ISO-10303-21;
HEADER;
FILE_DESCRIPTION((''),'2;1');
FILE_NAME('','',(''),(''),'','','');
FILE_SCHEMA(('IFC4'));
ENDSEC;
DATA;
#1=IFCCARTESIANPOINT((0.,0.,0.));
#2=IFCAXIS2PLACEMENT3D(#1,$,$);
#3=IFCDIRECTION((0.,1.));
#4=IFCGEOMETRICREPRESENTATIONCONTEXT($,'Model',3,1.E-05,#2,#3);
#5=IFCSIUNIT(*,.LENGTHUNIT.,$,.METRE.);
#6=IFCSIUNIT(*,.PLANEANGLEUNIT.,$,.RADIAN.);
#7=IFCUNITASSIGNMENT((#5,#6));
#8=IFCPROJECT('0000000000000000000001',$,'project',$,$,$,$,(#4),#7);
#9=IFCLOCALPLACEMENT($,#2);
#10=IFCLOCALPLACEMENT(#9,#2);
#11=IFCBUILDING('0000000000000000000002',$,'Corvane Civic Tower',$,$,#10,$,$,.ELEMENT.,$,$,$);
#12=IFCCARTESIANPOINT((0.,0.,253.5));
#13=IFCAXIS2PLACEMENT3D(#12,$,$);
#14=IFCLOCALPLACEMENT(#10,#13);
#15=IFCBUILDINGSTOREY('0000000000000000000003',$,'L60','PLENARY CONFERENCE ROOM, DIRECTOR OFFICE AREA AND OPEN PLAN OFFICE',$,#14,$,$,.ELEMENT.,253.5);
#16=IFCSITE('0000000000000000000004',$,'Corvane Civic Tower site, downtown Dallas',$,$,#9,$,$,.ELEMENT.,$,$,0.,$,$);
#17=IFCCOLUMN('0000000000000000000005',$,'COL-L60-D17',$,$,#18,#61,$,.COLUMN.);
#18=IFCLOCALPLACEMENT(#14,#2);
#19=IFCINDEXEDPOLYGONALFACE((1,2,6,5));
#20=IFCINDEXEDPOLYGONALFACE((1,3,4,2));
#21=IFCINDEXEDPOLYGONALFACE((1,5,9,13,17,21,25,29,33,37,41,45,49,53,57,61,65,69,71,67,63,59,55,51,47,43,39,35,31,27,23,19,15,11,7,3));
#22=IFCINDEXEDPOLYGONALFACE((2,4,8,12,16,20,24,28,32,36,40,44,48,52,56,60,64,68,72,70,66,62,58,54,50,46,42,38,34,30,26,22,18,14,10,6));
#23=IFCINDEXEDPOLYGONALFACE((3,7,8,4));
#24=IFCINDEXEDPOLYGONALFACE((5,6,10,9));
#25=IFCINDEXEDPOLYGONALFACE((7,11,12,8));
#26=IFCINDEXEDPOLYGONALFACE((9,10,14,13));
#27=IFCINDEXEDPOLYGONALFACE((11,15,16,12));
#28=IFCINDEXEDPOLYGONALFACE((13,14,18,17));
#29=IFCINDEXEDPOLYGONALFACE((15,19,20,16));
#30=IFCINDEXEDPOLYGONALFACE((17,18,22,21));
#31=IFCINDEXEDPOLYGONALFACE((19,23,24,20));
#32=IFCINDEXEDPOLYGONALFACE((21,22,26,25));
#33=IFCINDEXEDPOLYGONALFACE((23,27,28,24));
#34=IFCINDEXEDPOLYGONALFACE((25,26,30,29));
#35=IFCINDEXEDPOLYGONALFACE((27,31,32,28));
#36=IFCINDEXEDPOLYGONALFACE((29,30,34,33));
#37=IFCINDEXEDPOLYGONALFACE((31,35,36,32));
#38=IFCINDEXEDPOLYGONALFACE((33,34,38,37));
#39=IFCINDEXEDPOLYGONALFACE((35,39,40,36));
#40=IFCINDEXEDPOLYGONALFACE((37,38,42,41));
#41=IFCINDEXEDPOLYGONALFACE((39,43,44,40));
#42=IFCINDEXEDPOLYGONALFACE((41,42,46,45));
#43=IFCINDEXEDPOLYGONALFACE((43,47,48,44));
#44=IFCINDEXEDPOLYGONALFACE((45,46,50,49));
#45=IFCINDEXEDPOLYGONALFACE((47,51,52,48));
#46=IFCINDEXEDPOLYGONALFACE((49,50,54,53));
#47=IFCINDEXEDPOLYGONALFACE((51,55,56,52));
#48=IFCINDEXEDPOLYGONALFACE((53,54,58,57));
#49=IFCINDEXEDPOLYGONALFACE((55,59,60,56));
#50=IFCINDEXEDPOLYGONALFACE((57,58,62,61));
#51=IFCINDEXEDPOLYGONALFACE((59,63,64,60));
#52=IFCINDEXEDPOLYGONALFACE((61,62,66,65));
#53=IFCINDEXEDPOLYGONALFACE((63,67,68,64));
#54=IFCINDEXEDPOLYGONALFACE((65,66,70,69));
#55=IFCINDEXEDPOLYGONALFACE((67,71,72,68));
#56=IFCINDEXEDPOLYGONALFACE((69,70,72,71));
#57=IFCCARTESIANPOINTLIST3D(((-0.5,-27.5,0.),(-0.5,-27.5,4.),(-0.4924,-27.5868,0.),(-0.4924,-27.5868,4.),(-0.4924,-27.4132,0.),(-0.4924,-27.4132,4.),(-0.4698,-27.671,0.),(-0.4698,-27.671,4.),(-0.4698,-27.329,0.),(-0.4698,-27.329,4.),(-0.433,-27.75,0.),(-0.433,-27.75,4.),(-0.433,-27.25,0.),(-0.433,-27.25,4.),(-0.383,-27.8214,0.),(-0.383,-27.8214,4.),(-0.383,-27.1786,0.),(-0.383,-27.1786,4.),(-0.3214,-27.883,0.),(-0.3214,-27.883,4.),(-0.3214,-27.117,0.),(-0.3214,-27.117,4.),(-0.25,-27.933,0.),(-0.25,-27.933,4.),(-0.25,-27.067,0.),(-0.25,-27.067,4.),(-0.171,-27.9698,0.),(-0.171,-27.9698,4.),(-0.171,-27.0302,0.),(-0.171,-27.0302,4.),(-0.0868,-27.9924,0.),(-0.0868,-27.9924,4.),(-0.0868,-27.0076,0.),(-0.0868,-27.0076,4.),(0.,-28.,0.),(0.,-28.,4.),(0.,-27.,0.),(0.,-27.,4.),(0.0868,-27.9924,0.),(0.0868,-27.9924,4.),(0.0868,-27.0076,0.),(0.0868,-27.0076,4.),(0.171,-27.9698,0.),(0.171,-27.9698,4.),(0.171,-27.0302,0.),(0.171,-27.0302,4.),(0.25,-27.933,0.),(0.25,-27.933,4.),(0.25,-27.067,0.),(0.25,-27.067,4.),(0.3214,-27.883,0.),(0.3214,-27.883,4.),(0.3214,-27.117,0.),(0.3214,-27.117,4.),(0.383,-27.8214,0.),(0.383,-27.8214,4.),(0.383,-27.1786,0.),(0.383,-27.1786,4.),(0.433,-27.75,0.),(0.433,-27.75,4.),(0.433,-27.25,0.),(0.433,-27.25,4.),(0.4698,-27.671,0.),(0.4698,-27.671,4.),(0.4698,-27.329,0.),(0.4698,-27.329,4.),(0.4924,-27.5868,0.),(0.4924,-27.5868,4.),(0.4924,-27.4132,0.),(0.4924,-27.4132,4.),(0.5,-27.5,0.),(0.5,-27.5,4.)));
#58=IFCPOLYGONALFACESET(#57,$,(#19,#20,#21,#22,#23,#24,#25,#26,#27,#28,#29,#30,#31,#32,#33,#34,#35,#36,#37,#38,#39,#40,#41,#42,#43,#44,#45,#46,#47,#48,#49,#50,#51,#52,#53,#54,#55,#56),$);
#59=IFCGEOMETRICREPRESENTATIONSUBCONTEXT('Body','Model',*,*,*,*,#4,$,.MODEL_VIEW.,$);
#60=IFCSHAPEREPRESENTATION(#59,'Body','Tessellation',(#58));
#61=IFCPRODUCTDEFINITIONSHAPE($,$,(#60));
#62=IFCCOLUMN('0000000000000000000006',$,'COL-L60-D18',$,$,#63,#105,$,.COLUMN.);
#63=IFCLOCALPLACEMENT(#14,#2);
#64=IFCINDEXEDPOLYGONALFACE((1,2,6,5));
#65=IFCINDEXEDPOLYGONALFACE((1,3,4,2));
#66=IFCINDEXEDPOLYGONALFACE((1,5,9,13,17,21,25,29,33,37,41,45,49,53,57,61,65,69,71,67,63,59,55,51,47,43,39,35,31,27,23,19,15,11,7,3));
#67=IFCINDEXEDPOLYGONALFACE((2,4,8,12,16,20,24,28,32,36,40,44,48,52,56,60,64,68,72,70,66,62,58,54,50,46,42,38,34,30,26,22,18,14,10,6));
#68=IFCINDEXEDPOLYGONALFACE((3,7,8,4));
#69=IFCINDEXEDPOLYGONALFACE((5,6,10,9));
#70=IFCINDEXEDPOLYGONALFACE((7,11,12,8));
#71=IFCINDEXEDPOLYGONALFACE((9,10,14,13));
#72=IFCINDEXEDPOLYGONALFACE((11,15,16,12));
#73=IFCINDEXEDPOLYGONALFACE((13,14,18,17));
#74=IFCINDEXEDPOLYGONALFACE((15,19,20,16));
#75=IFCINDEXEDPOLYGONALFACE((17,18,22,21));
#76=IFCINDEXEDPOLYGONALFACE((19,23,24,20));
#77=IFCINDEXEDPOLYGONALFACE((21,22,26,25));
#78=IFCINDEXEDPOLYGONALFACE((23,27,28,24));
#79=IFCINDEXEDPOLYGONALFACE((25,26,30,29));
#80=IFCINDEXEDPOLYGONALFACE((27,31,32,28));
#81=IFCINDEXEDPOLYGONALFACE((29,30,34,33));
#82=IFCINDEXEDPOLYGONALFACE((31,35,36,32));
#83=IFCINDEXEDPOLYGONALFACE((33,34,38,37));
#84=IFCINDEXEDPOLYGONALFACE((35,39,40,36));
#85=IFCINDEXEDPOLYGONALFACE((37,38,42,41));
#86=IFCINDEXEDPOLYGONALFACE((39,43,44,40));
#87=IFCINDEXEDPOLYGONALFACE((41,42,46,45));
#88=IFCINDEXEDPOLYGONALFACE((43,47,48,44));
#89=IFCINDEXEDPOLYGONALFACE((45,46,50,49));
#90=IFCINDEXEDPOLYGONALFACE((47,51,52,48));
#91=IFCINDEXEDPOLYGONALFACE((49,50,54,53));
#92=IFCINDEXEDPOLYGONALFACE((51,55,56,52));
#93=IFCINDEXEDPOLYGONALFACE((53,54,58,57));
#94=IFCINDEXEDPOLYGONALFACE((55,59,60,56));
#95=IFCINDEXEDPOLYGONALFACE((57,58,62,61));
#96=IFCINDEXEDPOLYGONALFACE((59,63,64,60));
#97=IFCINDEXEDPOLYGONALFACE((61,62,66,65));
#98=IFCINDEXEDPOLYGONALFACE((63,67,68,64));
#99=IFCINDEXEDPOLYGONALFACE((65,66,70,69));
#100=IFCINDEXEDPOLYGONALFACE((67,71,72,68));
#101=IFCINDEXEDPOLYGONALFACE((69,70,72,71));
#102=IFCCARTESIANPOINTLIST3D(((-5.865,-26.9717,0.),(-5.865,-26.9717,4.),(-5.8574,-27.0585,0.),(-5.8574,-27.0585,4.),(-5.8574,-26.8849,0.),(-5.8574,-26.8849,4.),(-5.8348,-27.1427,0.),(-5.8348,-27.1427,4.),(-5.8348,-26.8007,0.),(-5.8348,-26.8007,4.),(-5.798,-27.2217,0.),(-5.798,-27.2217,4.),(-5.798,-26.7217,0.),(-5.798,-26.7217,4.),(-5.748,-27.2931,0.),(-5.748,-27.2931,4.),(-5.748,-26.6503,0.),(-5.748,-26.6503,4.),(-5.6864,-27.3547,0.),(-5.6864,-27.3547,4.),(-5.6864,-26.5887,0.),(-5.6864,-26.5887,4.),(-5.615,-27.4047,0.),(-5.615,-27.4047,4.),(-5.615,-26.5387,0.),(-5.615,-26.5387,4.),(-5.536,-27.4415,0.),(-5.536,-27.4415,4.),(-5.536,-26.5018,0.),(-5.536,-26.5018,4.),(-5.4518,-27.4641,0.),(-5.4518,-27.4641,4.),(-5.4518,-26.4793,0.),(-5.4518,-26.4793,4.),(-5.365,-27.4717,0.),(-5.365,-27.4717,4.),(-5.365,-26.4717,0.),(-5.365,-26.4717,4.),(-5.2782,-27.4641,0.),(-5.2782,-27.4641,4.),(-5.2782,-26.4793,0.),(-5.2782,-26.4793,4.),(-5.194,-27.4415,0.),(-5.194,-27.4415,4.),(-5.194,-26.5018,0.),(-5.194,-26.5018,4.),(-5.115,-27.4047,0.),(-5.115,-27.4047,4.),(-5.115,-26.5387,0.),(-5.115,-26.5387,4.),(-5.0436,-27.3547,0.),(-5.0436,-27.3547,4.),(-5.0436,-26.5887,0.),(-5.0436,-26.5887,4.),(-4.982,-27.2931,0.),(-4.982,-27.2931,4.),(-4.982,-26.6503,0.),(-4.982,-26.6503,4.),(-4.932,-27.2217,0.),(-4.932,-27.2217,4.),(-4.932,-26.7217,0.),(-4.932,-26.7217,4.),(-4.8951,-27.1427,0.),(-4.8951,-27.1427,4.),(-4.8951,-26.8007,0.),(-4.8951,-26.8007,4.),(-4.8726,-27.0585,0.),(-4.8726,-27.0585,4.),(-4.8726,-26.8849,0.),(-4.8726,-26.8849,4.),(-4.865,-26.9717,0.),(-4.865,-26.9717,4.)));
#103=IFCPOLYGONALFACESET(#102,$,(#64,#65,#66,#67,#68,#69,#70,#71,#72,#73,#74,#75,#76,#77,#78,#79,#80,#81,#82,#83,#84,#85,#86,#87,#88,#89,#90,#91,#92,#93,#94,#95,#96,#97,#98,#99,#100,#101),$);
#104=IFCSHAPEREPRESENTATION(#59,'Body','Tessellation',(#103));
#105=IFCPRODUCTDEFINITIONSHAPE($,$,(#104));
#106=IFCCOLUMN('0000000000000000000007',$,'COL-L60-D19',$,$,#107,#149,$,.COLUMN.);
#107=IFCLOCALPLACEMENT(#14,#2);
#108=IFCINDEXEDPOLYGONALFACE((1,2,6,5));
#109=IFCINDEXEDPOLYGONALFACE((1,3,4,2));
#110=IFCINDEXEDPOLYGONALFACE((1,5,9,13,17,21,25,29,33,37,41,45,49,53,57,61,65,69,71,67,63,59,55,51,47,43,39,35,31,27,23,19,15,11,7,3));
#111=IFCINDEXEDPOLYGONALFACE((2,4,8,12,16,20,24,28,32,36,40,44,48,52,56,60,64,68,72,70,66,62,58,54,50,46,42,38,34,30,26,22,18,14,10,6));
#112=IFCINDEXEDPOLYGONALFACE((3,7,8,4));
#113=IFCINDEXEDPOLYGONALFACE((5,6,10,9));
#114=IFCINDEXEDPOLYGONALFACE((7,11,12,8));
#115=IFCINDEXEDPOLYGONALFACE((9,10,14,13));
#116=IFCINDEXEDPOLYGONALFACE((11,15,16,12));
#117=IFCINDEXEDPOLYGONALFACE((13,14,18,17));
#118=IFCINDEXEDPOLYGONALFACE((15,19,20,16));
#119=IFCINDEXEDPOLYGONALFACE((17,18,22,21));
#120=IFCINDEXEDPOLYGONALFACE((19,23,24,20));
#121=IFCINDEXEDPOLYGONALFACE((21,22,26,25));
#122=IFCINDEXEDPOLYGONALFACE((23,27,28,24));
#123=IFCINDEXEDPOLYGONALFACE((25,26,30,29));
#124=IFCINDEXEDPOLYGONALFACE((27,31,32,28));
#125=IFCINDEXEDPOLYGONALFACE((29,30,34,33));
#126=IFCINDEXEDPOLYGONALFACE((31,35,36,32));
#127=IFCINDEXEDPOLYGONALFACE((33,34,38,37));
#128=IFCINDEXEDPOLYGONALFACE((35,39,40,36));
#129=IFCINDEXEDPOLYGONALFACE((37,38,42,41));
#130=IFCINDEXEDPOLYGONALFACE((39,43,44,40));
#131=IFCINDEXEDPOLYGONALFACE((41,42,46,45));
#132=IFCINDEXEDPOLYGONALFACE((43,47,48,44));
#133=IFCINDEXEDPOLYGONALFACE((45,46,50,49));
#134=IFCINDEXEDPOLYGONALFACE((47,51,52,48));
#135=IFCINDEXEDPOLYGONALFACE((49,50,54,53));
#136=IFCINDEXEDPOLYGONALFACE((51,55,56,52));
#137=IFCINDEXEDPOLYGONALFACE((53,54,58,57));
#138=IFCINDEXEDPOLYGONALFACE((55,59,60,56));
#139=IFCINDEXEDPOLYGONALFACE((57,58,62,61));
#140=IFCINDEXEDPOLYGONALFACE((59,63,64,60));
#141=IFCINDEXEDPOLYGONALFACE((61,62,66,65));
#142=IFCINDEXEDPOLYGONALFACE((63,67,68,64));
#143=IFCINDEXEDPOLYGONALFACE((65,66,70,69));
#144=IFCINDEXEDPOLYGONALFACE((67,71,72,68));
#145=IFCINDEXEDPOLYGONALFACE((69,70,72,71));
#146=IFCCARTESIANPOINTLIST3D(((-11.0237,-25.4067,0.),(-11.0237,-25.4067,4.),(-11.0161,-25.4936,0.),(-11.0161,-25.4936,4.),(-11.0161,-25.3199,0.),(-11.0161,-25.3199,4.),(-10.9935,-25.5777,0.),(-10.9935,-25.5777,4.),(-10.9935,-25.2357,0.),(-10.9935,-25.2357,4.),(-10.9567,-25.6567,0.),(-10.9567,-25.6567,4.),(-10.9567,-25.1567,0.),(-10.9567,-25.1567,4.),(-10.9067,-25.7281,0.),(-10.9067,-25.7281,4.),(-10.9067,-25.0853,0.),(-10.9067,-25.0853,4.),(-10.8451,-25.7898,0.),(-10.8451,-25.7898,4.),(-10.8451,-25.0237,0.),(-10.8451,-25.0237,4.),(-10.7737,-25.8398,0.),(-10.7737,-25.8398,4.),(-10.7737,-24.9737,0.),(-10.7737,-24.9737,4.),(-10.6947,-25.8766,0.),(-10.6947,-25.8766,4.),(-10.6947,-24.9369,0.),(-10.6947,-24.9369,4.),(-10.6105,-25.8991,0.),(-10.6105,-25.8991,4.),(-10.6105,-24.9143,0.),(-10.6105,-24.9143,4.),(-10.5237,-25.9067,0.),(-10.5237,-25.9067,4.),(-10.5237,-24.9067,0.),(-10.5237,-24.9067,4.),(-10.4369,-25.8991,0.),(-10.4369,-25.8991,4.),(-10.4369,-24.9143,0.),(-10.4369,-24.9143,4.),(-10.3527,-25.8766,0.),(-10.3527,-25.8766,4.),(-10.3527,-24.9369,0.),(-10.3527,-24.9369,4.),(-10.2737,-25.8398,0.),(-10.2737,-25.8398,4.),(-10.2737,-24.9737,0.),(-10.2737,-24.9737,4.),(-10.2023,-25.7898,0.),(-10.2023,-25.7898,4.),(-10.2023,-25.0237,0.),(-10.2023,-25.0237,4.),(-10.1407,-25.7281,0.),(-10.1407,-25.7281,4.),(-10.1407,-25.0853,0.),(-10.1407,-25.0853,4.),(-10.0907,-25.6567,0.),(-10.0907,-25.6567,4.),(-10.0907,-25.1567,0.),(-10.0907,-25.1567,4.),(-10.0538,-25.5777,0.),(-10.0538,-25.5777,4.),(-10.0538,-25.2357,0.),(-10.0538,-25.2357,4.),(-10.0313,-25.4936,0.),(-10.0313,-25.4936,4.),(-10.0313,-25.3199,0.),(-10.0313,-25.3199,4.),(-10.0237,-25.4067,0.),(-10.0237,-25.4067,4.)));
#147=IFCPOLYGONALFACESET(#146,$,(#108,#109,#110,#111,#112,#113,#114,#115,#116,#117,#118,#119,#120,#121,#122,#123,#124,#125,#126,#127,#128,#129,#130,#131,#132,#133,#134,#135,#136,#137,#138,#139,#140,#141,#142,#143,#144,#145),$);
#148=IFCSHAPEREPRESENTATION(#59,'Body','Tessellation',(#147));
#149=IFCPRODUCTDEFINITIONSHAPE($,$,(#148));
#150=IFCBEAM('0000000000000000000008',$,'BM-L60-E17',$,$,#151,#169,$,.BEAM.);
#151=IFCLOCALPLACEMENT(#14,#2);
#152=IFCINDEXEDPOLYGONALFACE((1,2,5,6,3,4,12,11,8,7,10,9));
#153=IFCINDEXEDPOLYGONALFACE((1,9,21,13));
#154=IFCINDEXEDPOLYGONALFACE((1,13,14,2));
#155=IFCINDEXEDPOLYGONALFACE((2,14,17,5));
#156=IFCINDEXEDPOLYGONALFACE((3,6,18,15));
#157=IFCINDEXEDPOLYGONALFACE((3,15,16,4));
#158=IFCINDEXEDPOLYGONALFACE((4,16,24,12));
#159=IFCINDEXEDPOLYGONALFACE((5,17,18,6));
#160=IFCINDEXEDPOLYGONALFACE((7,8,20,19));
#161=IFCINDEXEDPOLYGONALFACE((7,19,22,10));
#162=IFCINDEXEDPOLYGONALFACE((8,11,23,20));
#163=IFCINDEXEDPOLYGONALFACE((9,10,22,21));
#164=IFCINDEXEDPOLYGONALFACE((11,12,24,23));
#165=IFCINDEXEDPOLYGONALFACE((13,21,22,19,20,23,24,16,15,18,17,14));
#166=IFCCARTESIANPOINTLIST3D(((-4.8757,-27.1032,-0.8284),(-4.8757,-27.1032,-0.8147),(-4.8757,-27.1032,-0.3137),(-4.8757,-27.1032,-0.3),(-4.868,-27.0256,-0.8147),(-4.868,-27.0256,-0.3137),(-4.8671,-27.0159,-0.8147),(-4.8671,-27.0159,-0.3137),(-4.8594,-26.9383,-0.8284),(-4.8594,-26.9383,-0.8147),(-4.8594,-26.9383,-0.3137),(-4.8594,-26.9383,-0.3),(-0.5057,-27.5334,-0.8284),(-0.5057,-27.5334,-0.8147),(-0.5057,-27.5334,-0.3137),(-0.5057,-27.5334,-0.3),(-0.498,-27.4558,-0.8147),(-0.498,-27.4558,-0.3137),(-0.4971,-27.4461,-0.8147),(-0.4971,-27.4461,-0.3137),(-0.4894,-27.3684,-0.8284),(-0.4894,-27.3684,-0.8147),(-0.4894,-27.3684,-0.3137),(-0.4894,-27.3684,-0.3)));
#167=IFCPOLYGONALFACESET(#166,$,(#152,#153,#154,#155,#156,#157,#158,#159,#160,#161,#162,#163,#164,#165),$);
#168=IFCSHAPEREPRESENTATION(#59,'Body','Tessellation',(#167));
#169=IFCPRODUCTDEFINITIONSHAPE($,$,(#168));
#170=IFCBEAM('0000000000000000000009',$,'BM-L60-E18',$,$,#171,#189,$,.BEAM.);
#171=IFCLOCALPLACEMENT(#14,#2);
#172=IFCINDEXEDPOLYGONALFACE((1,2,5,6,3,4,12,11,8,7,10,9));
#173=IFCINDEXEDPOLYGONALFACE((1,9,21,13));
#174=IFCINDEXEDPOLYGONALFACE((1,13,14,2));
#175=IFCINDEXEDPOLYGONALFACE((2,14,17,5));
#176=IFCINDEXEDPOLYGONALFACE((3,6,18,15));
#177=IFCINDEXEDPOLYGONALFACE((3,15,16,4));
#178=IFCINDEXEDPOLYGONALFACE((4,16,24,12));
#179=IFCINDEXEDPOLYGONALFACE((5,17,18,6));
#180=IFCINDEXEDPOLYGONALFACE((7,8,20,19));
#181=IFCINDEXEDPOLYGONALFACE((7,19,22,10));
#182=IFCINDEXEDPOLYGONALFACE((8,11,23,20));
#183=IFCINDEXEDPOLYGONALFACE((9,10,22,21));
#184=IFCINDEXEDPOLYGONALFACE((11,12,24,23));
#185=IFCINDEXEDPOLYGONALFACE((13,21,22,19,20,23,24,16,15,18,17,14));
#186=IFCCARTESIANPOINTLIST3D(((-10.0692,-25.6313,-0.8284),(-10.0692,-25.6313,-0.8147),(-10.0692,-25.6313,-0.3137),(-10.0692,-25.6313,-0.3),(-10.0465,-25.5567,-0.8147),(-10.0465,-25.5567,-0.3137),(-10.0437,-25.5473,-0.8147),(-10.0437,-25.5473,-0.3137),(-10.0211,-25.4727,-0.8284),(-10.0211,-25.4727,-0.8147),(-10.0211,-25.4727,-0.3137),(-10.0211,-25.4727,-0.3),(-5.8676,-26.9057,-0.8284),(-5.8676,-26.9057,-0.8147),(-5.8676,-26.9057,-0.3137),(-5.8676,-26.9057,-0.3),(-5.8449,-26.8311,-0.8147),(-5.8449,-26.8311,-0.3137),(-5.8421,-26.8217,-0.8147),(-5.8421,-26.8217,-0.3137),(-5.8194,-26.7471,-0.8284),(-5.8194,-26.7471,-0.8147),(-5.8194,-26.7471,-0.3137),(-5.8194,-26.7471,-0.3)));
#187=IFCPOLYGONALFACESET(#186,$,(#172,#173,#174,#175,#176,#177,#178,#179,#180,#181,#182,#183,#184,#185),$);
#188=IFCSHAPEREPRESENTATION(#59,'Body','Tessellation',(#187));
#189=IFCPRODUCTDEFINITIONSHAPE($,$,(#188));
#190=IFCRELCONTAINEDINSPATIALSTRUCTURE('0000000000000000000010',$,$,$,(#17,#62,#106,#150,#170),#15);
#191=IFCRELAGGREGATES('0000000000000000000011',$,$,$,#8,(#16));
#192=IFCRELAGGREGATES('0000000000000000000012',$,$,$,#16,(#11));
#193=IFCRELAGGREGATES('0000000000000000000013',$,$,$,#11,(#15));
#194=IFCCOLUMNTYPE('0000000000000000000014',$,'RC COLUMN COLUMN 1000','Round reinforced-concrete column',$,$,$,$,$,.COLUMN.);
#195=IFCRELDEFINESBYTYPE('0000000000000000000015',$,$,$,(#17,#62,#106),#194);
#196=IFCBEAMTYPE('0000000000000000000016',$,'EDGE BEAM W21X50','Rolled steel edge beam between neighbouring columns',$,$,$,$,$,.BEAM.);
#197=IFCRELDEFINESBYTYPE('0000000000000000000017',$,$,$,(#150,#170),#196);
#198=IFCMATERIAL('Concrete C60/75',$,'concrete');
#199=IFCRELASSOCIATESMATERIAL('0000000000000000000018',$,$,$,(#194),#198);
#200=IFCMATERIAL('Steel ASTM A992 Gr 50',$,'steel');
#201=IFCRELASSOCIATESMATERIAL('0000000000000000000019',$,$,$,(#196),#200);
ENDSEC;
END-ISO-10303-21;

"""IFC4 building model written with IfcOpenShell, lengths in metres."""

from ifc_helpers import new_model, si_unit, direction, frame, origin, origin_2d, place, context, subcontext, project, spatial, circle, i_section, extrude, material, material_profile, profile_set, type_object, element, save


model = new_model("IFC4")

# Units and contexts
model_context = context("Model", 3, precision=1e-05, world=origin(), true_north=direction((0.0, 1.0)))
body_context = subcontext(model_context, "Body", "Model", "MODEL_VIEW")
ifc_project = project(units=[si_unit("LENGTHUNIT", "METRE"), si_unit("PLANEANGLEUNIT", "RADIAN")], contexts=[model_context])

# Site, building, storey
site_placement = place(None, origin())
site = spatial("IfcSite", under=ifc_project, at=site_placement, Name="Corvane Civic Tower site, downtown Dallas", CompositionType="ELEMENT", RefElevation=0.0)
building_placement = place(site_placement, origin())
building = spatial("IfcBuilding", under=site, at=building_placement, Name="Corvane Civic Tower", CompositionType="ELEMENT")
storey_placement = place(building_placement, frame((0.0, 0.0, 253.5)))
storey = spatial("IfcBuildingStorey", under=building, at=storey_placement, Name="L60", Description="PLENARY CONFERENCE ROOM, DIRECTOR OFFICE AREA AND OPEN PLAN OFFICE", CompositionType="ELEMENT", Elevation=253.5)

# Columns
ifc_material_1 = material(Name="Concrete C60/75", Category="concrete")
ifc_material_profile_1 = material_profile(ifc_material_1, circle(Radius=0.5, at=origin_2d()), Name="COLUMN 1000")
ifc_profile_set_1 = profile_set([ifc_material_profile_1], Name="Concrete C60/75")
column_type = type_object("IfcColumnType", Name="RC COLUMN COLUMN 1000", Description="Round reinforced-concrete column", PredefinedType="COLUMN", material=ifc_profile_set_1)
for number, where, z_axis, x_axis, name in (
    (1, (0.0, -27.5, 0.0), (0.0, 0.0, 1.0), (1.0, 0.0, 0.0), "COL-L60-D17"),
    (2, (-5.365, -26.9717, 0.0), (0.0, 0.0, 1.0), (1.0, 0.0, 0.0), "COL-L60-D18"),
    (3, (-10.5237, -25.4067, 0.0), (0.0, 0.0, 1.0), (1.0, 0.0, 0.0), "COL-L60-D19"),
):
    element("IfcColumn", number, at=place(storey_placement, frame(where, z_axis=z_axis, x_axis=x_axis)), inside=storey, type_object=column_type, Name=name, PredefinedType="COLUMN", context=body_context, shape_type="SweptSolid", body=[
        extrude(circle(Radius=0.5, at=origin_2d()), origin(), (0.0, 0.0, 1.0), 4.0),
    ])

# Beams
ifc_material_2 = material(Name="Steel ASTM A992 Gr 50", Category="steel")
ifc_material_profile_2 = material_profile(ifc_material_2, i_section(OverallWidth=0.1658, OverallDepth=0.5283, WebThickness=0.0098, FlangeThickness=0.0137, at=origin_2d()), Name="W21X50")
ifc_profile_set_2 = profile_set([ifc_material_profile_2], Name="Steel ASTM A992 Gr 50")
beam_type_1 = type_object("IfcBeamType", Name="EDGE BEAM W21X50", Description="Rolled steel edge beam between neighbouring columns", PredefinedType="BEAM", material=ifc_profile_set_2)
beam_1_placement = place(storey_placement, frame((-0.4976, -27.4509, -0.5642), z_axis=(-0.99519, 0.097968, 0.0), x_axis=(-0.097968, -0.99519, 0.0)))
element("IfcBeam", 4, at=beam_1_placement, inside=storey, type_object=beam_type_1, Name="BM-L60-E17", PredefinedType="BEAM", context=body_context, shape_type="SweptSolid", body=[
    extrude(i_section(OverallWidth=0.1658, OverallDepth=0.5283, WebThickness=0.0098, FlangeThickness=0.0137, at=origin_2d()), origin(), (0.0, 0.0, 1.0), 4.3911),
])
beam_2_placement = place(storey_placement, frame((-5.8435, -26.8264, -0.5642), z_axis=(-0.95695, 0.290254, 0.0), x_axis=(-0.290254, -0.95695, 0.0)))
element("IfcBeam", 5, at=beam_2_placement, inside=storey, type_object=beam_type_1, Name="BM-L60-E18", PredefinedType="BEAM", context=body_context, shape_type="SweptSolid", body=[
    extrude(i_section(OverallWidth=0.1658, OverallDepth=0.5283, WebThickness=0.0098, FlangeThickness=0.0137, at=origin_2d()), origin(), (0.0, 0.0, 1.0), 4.3906),
])

save(model, "model.ifc")
